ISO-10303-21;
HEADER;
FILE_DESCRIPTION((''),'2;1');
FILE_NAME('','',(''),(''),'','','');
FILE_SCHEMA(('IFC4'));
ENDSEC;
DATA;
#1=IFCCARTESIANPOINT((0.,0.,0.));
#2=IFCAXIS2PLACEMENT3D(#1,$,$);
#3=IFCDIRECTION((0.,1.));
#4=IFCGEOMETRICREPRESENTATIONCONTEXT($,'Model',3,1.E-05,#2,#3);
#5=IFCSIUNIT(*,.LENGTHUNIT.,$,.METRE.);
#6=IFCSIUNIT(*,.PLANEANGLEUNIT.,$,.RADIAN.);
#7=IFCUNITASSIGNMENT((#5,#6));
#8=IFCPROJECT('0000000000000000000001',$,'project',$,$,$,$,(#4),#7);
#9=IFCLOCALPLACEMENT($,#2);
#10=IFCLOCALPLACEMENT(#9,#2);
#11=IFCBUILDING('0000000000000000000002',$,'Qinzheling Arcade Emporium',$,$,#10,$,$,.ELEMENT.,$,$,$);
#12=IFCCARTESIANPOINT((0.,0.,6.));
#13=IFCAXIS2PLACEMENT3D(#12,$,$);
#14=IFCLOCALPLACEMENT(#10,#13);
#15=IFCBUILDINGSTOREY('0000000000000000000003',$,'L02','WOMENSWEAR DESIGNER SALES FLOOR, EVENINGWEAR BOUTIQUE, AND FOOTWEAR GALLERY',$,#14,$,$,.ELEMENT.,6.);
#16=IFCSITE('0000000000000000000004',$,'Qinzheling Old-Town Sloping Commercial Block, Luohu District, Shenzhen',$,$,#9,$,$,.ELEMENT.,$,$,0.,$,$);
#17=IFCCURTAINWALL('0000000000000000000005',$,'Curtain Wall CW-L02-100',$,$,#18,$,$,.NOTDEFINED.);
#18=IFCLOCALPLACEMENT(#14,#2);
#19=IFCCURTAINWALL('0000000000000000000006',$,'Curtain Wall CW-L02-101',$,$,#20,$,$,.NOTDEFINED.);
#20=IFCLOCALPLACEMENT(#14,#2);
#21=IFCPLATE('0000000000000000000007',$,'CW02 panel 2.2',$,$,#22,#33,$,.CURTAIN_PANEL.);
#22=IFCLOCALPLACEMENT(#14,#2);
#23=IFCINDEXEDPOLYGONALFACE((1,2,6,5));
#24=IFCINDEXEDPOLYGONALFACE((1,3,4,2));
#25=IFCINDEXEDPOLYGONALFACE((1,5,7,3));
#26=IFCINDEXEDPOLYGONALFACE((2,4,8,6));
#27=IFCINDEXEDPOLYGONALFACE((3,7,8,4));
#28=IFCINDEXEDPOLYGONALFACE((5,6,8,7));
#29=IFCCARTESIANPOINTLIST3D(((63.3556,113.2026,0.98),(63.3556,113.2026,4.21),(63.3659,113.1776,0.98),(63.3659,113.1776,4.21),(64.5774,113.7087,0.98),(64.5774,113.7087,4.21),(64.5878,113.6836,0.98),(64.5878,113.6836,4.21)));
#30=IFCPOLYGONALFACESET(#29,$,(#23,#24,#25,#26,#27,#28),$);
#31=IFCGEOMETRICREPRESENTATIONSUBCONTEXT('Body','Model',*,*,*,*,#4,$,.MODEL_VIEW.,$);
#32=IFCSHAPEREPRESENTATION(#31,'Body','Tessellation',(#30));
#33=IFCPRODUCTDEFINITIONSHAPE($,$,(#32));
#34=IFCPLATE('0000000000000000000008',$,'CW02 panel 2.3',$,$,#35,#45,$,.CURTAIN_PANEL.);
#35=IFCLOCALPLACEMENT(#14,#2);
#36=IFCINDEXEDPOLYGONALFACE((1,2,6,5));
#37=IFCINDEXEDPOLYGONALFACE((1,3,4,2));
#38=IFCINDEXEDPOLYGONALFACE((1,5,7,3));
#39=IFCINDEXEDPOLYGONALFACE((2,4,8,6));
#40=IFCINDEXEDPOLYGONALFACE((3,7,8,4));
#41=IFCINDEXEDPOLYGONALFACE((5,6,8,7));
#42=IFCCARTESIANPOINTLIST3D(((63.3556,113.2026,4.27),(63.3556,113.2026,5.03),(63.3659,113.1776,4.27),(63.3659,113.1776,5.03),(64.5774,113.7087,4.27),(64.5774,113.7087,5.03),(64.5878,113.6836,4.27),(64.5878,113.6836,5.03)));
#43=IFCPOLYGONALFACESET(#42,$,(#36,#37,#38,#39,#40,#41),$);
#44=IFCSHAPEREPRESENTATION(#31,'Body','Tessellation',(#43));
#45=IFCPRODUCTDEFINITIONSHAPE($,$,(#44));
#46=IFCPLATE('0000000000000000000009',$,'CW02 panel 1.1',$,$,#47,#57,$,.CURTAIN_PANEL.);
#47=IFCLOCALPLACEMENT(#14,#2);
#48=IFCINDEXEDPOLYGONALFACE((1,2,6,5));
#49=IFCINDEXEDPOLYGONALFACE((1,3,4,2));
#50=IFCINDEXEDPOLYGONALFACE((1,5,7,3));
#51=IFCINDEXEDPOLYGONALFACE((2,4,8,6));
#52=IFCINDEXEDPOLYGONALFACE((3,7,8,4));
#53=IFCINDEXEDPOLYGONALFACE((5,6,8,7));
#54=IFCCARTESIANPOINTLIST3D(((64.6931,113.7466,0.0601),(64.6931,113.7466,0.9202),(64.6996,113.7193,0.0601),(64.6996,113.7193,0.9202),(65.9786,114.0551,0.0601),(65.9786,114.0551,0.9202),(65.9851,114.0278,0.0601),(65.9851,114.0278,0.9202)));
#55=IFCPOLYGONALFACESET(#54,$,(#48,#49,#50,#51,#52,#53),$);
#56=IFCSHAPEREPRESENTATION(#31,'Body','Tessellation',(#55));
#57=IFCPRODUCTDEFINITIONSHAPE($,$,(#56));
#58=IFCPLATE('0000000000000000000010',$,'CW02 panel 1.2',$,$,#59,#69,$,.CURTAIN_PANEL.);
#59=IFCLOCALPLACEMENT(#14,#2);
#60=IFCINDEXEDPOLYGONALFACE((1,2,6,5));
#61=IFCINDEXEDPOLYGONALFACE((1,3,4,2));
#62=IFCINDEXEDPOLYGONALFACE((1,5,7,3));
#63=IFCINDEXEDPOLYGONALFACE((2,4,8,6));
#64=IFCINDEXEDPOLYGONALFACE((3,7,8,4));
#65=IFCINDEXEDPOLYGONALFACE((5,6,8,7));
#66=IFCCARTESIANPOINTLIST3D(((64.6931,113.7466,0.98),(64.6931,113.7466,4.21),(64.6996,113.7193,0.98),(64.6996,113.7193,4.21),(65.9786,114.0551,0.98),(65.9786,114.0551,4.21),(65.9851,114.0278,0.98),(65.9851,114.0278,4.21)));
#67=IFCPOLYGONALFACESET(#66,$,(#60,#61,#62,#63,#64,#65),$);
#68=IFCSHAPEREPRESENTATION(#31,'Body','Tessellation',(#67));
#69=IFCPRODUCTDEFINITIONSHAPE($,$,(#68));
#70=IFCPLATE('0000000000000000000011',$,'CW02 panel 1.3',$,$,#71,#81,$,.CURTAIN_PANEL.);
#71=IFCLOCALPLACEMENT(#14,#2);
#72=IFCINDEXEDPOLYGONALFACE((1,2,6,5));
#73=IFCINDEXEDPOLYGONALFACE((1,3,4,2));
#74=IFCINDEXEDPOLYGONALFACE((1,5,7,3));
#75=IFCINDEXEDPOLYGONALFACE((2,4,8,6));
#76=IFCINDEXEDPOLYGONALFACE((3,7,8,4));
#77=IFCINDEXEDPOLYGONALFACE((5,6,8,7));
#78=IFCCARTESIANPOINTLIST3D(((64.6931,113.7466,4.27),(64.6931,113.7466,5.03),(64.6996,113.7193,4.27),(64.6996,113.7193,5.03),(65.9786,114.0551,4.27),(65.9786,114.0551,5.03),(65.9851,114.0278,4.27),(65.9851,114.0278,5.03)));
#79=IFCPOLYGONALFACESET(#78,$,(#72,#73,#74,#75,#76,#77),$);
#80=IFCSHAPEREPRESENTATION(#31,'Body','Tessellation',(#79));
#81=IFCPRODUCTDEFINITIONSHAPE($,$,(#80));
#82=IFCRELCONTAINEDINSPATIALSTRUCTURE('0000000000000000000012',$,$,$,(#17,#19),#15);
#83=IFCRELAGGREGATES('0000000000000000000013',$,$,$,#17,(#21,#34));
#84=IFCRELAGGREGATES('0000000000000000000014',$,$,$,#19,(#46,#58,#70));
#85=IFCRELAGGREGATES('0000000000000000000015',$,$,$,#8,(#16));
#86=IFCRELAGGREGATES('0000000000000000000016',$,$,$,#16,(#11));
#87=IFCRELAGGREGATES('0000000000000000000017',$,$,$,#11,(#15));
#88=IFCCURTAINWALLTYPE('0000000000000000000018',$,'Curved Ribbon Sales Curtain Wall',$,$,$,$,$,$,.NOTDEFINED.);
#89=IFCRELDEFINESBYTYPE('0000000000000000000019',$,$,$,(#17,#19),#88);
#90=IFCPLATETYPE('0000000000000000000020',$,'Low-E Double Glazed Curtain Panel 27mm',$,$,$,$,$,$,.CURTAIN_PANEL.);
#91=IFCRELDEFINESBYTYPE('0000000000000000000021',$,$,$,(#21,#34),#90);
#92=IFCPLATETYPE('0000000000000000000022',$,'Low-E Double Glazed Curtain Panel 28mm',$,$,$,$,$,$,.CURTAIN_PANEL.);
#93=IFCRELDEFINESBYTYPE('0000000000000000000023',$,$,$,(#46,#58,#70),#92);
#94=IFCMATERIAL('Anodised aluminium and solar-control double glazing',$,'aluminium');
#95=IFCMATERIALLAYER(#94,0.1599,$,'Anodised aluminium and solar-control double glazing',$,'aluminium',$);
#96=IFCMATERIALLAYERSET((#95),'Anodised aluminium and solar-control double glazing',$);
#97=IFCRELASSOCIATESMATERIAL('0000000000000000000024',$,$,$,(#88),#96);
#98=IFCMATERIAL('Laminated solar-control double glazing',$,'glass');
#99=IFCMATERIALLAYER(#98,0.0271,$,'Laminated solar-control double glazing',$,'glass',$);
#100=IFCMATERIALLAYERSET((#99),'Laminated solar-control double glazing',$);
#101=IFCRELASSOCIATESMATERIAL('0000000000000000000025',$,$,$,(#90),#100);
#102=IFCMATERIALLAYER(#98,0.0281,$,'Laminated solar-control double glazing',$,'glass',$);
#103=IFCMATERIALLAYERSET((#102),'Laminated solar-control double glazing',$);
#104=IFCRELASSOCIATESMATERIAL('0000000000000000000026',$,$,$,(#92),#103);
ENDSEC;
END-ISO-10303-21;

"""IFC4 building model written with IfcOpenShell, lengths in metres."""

from ifc_helpers import new_model, si_unit, direction, frame, origin, origin_2d, place, context, subcontext, project, spatial, rectangle, extrude, material, layer, layer_set, type_object, element, aggregate, save


model = new_model("IFC4")

# Units and contexts
model_context = context("Model", 3, precision=1e-05, world=origin(), true_north=direction((0.0, 1.0)))
body_context = subcontext(model_context, "Body", "Model", "MODEL_VIEW")
ifc_project = project(units=[si_unit("LENGTHUNIT", "METRE"), si_unit("PLANEANGLEUNIT", "RADIAN")], contexts=[model_context])

# Site, building, storey
site_placement = place(None, origin())
site = spatial("IfcSite", under=ifc_project, at=site_placement, Name="Qinzheling Old-Town Sloping Commercial Block, Luohu District, Shenzhen", CompositionType="ELEMENT", RefElevation=0.0)
building_placement = place(site_placement, origin())
building = spatial("IfcBuilding", under=site, at=building_placement, Name="Qinzheling Arcade Emporium", CompositionType="ELEMENT")
storey_placement = place(building_placement, frame((0.0, 0.0, 6.0)))
storey = spatial("IfcBuildingStorey", under=building, at=storey_placement, Name="L02", Description="WOMENSWEAR DESIGNER SALES FLOOR, EVENINGWEAR BOUTIQUE, AND FOOTWEAR GALLERY", CompositionType="ELEMENT", Elevation=6.0)

# Curtain wall
ifc_material_1 = material(Name="Anodised aluminium and solar-control double glazing", Category="aluminium")
ifc_layer_1 = layer(ifc_material_1, 0.1599, Name="Anodised aluminium and solar-control double glazing", Category="aluminium")
ifc_layer_set_1 = layer_set([ifc_layer_1], Name="Anodised aluminium and solar-control double glazing")
curtain_wall_type = type_object("IfcCurtainWallType", Name="Curved Ribbon Sales Curtain Wall", PredefinedType="NOTDEFINED", material=ifc_layer_set_1)
curtain_wall_1_placement = place(storey_placement, origin())
curtain_wall_1 = element("IfcCurtainWall", 1, at=curtain_wall_1_placement, inside=storey, type_object=curtain_wall_type, Name="Curtain Wall CW-L02-100", PredefinedType="NOTDEFINED")

# Curtain wall
curtain_wall_2_placement = place(storey_placement, origin())
curtain_wall_2 = element("IfcCurtainWall", 2, at=curtain_wall_2_placement, inside=storey, type_object=curtain_wall_type, Name="Curtain Wall CW-L02-101", PredefinedType="NOTDEFINED")

# Plates
ifc_material_2 = material(Name="Laminated solar-control double glazing", Category="glass")
ifc_layer_2 = layer(ifc_material_2, 0.0271, Name="Laminated solar-control double glazing", Category="glass")
ifc_layer_set_2 = layer_set([ifc_layer_2], Name="Laminated solar-control double glazing")
plate_type_1 = type_object("IfcPlateType", Name="Low-E Double Glazed Curtain Panel 27mm", PredefinedType="CURTAIN_PANEL", material=ifc_layer_set_2)
plate_1_placement = place(storey_placement, frame((63.9717, 113.4431, 0.98), z_axis=(0.0, 0.0, 1.0), x_axis=(0.923892, 0.382654, 0.0)))
plate_1 = element("IfcPlate", 3, at=plate_1_placement, type_object=plate_type_1, Name="CW02 panel 2.2", PredefinedType="CURTAIN_PANEL", context=body_context, shape_type="SweptSolid", body=[
    extrude(rectangle(XDim=1.3225, YDim=0.0271, at=origin_2d()), origin(), (0.0, 0.0, 1.0), 3.23),
])
plate_2_placement = place(storey_placement, frame((63.9717, 113.4431, 4.27), z_axis=(0.0, 0.0, 1.0), x_axis=(0.923892, 0.382654, 0.0)))
plate_2 = element("IfcPlate", 4, at=plate_2_placement, type_object=plate_type_1, Name="CW02 panel 2.3", PredefinedType="CURTAIN_PANEL", context=body_context, shape_type="SweptSolid", body=[
    extrude(rectangle(XDim=1.3225, YDim=0.0271, at=origin_2d()), origin(), (0.0, 0.0, 1.0), 0.76),
])
aggregate(curtain_wall_1, [plate_1, plate_2])
ifc_layer_3 = layer(ifc_material_2, 0.0281, Name="Laminated solar-control double glazing", Category="glass")
ifc_layer_set_3 = layer_set([ifc_layer_3], Name="Laminated solar-control double glazing")
plate_type_2 = type_object("IfcPlateType", Name="Low-E Double Glazed Curtain Panel 28mm", PredefinedType="CURTAIN_PANEL", material=ifc_layer_set_3)
plate_3_placement = place(storey_placement, frame((65.3391, 113.8872, 0.0601), z_axis=(0.0, 0.0, 1.0), x_axis=(0.972391, 0.23336, 0.0)))
plate_3 = element("IfcPlate", 5, at=plate_3_placement, type_object=plate_type_2, Name="CW02 panel 1.1", PredefinedType="CURTAIN_PANEL", context=body_context, shape_type="SweptSolid", body=[
    extrude(rectangle(XDim=1.322, YDim=0.0281, at=origin_2d()), origin(), (0.0, 0.0, 1.0), 0.8601),
])
plate_4_placement = place(storey_placement, frame((65.3391, 113.8872, 0.98), z_axis=(0.0, 0.0, 1.0), x_axis=(0.972391, 0.23336, 0.0)))
plate_4 = element("IfcPlate", 6, at=plate_4_placement, type_object=plate_type_2, Name="CW02 panel 1.2", PredefinedType="CURTAIN_PANEL", context=body_context, shape_type="SweptSolid", body=[
    extrude(rectangle(XDim=1.322, YDim=0.0281, at=origin_2d()), origin(), (0.0, 0.0, 1.0), 3.23),
])
plate_5_placement = place(storey_placement, frame((65.3391, 113.8872, 4.27), z_axis=(0.0, 0.0, 1.0), x_axis=(0.972391, 0.23336, 0.0)))
plate_5 = element("IfcPlate", 7, at=plate_5_placement, type_object=plate_type_2, Name="CW02 panel 1.3", PredefinedType="CURTAIN_PANEL", context=body_context, shape_type="SweptSolid", body=[
    extrude(rectangle(XDim=1.322, YDim=0.0281, at=origin_2d()), origin(), (0.0, 0.0, 1.0), 0.76),
])
aggregate(curtain_wall_2, [plate_3, plate_4, plate_5])

save(model, "model.ifc")
